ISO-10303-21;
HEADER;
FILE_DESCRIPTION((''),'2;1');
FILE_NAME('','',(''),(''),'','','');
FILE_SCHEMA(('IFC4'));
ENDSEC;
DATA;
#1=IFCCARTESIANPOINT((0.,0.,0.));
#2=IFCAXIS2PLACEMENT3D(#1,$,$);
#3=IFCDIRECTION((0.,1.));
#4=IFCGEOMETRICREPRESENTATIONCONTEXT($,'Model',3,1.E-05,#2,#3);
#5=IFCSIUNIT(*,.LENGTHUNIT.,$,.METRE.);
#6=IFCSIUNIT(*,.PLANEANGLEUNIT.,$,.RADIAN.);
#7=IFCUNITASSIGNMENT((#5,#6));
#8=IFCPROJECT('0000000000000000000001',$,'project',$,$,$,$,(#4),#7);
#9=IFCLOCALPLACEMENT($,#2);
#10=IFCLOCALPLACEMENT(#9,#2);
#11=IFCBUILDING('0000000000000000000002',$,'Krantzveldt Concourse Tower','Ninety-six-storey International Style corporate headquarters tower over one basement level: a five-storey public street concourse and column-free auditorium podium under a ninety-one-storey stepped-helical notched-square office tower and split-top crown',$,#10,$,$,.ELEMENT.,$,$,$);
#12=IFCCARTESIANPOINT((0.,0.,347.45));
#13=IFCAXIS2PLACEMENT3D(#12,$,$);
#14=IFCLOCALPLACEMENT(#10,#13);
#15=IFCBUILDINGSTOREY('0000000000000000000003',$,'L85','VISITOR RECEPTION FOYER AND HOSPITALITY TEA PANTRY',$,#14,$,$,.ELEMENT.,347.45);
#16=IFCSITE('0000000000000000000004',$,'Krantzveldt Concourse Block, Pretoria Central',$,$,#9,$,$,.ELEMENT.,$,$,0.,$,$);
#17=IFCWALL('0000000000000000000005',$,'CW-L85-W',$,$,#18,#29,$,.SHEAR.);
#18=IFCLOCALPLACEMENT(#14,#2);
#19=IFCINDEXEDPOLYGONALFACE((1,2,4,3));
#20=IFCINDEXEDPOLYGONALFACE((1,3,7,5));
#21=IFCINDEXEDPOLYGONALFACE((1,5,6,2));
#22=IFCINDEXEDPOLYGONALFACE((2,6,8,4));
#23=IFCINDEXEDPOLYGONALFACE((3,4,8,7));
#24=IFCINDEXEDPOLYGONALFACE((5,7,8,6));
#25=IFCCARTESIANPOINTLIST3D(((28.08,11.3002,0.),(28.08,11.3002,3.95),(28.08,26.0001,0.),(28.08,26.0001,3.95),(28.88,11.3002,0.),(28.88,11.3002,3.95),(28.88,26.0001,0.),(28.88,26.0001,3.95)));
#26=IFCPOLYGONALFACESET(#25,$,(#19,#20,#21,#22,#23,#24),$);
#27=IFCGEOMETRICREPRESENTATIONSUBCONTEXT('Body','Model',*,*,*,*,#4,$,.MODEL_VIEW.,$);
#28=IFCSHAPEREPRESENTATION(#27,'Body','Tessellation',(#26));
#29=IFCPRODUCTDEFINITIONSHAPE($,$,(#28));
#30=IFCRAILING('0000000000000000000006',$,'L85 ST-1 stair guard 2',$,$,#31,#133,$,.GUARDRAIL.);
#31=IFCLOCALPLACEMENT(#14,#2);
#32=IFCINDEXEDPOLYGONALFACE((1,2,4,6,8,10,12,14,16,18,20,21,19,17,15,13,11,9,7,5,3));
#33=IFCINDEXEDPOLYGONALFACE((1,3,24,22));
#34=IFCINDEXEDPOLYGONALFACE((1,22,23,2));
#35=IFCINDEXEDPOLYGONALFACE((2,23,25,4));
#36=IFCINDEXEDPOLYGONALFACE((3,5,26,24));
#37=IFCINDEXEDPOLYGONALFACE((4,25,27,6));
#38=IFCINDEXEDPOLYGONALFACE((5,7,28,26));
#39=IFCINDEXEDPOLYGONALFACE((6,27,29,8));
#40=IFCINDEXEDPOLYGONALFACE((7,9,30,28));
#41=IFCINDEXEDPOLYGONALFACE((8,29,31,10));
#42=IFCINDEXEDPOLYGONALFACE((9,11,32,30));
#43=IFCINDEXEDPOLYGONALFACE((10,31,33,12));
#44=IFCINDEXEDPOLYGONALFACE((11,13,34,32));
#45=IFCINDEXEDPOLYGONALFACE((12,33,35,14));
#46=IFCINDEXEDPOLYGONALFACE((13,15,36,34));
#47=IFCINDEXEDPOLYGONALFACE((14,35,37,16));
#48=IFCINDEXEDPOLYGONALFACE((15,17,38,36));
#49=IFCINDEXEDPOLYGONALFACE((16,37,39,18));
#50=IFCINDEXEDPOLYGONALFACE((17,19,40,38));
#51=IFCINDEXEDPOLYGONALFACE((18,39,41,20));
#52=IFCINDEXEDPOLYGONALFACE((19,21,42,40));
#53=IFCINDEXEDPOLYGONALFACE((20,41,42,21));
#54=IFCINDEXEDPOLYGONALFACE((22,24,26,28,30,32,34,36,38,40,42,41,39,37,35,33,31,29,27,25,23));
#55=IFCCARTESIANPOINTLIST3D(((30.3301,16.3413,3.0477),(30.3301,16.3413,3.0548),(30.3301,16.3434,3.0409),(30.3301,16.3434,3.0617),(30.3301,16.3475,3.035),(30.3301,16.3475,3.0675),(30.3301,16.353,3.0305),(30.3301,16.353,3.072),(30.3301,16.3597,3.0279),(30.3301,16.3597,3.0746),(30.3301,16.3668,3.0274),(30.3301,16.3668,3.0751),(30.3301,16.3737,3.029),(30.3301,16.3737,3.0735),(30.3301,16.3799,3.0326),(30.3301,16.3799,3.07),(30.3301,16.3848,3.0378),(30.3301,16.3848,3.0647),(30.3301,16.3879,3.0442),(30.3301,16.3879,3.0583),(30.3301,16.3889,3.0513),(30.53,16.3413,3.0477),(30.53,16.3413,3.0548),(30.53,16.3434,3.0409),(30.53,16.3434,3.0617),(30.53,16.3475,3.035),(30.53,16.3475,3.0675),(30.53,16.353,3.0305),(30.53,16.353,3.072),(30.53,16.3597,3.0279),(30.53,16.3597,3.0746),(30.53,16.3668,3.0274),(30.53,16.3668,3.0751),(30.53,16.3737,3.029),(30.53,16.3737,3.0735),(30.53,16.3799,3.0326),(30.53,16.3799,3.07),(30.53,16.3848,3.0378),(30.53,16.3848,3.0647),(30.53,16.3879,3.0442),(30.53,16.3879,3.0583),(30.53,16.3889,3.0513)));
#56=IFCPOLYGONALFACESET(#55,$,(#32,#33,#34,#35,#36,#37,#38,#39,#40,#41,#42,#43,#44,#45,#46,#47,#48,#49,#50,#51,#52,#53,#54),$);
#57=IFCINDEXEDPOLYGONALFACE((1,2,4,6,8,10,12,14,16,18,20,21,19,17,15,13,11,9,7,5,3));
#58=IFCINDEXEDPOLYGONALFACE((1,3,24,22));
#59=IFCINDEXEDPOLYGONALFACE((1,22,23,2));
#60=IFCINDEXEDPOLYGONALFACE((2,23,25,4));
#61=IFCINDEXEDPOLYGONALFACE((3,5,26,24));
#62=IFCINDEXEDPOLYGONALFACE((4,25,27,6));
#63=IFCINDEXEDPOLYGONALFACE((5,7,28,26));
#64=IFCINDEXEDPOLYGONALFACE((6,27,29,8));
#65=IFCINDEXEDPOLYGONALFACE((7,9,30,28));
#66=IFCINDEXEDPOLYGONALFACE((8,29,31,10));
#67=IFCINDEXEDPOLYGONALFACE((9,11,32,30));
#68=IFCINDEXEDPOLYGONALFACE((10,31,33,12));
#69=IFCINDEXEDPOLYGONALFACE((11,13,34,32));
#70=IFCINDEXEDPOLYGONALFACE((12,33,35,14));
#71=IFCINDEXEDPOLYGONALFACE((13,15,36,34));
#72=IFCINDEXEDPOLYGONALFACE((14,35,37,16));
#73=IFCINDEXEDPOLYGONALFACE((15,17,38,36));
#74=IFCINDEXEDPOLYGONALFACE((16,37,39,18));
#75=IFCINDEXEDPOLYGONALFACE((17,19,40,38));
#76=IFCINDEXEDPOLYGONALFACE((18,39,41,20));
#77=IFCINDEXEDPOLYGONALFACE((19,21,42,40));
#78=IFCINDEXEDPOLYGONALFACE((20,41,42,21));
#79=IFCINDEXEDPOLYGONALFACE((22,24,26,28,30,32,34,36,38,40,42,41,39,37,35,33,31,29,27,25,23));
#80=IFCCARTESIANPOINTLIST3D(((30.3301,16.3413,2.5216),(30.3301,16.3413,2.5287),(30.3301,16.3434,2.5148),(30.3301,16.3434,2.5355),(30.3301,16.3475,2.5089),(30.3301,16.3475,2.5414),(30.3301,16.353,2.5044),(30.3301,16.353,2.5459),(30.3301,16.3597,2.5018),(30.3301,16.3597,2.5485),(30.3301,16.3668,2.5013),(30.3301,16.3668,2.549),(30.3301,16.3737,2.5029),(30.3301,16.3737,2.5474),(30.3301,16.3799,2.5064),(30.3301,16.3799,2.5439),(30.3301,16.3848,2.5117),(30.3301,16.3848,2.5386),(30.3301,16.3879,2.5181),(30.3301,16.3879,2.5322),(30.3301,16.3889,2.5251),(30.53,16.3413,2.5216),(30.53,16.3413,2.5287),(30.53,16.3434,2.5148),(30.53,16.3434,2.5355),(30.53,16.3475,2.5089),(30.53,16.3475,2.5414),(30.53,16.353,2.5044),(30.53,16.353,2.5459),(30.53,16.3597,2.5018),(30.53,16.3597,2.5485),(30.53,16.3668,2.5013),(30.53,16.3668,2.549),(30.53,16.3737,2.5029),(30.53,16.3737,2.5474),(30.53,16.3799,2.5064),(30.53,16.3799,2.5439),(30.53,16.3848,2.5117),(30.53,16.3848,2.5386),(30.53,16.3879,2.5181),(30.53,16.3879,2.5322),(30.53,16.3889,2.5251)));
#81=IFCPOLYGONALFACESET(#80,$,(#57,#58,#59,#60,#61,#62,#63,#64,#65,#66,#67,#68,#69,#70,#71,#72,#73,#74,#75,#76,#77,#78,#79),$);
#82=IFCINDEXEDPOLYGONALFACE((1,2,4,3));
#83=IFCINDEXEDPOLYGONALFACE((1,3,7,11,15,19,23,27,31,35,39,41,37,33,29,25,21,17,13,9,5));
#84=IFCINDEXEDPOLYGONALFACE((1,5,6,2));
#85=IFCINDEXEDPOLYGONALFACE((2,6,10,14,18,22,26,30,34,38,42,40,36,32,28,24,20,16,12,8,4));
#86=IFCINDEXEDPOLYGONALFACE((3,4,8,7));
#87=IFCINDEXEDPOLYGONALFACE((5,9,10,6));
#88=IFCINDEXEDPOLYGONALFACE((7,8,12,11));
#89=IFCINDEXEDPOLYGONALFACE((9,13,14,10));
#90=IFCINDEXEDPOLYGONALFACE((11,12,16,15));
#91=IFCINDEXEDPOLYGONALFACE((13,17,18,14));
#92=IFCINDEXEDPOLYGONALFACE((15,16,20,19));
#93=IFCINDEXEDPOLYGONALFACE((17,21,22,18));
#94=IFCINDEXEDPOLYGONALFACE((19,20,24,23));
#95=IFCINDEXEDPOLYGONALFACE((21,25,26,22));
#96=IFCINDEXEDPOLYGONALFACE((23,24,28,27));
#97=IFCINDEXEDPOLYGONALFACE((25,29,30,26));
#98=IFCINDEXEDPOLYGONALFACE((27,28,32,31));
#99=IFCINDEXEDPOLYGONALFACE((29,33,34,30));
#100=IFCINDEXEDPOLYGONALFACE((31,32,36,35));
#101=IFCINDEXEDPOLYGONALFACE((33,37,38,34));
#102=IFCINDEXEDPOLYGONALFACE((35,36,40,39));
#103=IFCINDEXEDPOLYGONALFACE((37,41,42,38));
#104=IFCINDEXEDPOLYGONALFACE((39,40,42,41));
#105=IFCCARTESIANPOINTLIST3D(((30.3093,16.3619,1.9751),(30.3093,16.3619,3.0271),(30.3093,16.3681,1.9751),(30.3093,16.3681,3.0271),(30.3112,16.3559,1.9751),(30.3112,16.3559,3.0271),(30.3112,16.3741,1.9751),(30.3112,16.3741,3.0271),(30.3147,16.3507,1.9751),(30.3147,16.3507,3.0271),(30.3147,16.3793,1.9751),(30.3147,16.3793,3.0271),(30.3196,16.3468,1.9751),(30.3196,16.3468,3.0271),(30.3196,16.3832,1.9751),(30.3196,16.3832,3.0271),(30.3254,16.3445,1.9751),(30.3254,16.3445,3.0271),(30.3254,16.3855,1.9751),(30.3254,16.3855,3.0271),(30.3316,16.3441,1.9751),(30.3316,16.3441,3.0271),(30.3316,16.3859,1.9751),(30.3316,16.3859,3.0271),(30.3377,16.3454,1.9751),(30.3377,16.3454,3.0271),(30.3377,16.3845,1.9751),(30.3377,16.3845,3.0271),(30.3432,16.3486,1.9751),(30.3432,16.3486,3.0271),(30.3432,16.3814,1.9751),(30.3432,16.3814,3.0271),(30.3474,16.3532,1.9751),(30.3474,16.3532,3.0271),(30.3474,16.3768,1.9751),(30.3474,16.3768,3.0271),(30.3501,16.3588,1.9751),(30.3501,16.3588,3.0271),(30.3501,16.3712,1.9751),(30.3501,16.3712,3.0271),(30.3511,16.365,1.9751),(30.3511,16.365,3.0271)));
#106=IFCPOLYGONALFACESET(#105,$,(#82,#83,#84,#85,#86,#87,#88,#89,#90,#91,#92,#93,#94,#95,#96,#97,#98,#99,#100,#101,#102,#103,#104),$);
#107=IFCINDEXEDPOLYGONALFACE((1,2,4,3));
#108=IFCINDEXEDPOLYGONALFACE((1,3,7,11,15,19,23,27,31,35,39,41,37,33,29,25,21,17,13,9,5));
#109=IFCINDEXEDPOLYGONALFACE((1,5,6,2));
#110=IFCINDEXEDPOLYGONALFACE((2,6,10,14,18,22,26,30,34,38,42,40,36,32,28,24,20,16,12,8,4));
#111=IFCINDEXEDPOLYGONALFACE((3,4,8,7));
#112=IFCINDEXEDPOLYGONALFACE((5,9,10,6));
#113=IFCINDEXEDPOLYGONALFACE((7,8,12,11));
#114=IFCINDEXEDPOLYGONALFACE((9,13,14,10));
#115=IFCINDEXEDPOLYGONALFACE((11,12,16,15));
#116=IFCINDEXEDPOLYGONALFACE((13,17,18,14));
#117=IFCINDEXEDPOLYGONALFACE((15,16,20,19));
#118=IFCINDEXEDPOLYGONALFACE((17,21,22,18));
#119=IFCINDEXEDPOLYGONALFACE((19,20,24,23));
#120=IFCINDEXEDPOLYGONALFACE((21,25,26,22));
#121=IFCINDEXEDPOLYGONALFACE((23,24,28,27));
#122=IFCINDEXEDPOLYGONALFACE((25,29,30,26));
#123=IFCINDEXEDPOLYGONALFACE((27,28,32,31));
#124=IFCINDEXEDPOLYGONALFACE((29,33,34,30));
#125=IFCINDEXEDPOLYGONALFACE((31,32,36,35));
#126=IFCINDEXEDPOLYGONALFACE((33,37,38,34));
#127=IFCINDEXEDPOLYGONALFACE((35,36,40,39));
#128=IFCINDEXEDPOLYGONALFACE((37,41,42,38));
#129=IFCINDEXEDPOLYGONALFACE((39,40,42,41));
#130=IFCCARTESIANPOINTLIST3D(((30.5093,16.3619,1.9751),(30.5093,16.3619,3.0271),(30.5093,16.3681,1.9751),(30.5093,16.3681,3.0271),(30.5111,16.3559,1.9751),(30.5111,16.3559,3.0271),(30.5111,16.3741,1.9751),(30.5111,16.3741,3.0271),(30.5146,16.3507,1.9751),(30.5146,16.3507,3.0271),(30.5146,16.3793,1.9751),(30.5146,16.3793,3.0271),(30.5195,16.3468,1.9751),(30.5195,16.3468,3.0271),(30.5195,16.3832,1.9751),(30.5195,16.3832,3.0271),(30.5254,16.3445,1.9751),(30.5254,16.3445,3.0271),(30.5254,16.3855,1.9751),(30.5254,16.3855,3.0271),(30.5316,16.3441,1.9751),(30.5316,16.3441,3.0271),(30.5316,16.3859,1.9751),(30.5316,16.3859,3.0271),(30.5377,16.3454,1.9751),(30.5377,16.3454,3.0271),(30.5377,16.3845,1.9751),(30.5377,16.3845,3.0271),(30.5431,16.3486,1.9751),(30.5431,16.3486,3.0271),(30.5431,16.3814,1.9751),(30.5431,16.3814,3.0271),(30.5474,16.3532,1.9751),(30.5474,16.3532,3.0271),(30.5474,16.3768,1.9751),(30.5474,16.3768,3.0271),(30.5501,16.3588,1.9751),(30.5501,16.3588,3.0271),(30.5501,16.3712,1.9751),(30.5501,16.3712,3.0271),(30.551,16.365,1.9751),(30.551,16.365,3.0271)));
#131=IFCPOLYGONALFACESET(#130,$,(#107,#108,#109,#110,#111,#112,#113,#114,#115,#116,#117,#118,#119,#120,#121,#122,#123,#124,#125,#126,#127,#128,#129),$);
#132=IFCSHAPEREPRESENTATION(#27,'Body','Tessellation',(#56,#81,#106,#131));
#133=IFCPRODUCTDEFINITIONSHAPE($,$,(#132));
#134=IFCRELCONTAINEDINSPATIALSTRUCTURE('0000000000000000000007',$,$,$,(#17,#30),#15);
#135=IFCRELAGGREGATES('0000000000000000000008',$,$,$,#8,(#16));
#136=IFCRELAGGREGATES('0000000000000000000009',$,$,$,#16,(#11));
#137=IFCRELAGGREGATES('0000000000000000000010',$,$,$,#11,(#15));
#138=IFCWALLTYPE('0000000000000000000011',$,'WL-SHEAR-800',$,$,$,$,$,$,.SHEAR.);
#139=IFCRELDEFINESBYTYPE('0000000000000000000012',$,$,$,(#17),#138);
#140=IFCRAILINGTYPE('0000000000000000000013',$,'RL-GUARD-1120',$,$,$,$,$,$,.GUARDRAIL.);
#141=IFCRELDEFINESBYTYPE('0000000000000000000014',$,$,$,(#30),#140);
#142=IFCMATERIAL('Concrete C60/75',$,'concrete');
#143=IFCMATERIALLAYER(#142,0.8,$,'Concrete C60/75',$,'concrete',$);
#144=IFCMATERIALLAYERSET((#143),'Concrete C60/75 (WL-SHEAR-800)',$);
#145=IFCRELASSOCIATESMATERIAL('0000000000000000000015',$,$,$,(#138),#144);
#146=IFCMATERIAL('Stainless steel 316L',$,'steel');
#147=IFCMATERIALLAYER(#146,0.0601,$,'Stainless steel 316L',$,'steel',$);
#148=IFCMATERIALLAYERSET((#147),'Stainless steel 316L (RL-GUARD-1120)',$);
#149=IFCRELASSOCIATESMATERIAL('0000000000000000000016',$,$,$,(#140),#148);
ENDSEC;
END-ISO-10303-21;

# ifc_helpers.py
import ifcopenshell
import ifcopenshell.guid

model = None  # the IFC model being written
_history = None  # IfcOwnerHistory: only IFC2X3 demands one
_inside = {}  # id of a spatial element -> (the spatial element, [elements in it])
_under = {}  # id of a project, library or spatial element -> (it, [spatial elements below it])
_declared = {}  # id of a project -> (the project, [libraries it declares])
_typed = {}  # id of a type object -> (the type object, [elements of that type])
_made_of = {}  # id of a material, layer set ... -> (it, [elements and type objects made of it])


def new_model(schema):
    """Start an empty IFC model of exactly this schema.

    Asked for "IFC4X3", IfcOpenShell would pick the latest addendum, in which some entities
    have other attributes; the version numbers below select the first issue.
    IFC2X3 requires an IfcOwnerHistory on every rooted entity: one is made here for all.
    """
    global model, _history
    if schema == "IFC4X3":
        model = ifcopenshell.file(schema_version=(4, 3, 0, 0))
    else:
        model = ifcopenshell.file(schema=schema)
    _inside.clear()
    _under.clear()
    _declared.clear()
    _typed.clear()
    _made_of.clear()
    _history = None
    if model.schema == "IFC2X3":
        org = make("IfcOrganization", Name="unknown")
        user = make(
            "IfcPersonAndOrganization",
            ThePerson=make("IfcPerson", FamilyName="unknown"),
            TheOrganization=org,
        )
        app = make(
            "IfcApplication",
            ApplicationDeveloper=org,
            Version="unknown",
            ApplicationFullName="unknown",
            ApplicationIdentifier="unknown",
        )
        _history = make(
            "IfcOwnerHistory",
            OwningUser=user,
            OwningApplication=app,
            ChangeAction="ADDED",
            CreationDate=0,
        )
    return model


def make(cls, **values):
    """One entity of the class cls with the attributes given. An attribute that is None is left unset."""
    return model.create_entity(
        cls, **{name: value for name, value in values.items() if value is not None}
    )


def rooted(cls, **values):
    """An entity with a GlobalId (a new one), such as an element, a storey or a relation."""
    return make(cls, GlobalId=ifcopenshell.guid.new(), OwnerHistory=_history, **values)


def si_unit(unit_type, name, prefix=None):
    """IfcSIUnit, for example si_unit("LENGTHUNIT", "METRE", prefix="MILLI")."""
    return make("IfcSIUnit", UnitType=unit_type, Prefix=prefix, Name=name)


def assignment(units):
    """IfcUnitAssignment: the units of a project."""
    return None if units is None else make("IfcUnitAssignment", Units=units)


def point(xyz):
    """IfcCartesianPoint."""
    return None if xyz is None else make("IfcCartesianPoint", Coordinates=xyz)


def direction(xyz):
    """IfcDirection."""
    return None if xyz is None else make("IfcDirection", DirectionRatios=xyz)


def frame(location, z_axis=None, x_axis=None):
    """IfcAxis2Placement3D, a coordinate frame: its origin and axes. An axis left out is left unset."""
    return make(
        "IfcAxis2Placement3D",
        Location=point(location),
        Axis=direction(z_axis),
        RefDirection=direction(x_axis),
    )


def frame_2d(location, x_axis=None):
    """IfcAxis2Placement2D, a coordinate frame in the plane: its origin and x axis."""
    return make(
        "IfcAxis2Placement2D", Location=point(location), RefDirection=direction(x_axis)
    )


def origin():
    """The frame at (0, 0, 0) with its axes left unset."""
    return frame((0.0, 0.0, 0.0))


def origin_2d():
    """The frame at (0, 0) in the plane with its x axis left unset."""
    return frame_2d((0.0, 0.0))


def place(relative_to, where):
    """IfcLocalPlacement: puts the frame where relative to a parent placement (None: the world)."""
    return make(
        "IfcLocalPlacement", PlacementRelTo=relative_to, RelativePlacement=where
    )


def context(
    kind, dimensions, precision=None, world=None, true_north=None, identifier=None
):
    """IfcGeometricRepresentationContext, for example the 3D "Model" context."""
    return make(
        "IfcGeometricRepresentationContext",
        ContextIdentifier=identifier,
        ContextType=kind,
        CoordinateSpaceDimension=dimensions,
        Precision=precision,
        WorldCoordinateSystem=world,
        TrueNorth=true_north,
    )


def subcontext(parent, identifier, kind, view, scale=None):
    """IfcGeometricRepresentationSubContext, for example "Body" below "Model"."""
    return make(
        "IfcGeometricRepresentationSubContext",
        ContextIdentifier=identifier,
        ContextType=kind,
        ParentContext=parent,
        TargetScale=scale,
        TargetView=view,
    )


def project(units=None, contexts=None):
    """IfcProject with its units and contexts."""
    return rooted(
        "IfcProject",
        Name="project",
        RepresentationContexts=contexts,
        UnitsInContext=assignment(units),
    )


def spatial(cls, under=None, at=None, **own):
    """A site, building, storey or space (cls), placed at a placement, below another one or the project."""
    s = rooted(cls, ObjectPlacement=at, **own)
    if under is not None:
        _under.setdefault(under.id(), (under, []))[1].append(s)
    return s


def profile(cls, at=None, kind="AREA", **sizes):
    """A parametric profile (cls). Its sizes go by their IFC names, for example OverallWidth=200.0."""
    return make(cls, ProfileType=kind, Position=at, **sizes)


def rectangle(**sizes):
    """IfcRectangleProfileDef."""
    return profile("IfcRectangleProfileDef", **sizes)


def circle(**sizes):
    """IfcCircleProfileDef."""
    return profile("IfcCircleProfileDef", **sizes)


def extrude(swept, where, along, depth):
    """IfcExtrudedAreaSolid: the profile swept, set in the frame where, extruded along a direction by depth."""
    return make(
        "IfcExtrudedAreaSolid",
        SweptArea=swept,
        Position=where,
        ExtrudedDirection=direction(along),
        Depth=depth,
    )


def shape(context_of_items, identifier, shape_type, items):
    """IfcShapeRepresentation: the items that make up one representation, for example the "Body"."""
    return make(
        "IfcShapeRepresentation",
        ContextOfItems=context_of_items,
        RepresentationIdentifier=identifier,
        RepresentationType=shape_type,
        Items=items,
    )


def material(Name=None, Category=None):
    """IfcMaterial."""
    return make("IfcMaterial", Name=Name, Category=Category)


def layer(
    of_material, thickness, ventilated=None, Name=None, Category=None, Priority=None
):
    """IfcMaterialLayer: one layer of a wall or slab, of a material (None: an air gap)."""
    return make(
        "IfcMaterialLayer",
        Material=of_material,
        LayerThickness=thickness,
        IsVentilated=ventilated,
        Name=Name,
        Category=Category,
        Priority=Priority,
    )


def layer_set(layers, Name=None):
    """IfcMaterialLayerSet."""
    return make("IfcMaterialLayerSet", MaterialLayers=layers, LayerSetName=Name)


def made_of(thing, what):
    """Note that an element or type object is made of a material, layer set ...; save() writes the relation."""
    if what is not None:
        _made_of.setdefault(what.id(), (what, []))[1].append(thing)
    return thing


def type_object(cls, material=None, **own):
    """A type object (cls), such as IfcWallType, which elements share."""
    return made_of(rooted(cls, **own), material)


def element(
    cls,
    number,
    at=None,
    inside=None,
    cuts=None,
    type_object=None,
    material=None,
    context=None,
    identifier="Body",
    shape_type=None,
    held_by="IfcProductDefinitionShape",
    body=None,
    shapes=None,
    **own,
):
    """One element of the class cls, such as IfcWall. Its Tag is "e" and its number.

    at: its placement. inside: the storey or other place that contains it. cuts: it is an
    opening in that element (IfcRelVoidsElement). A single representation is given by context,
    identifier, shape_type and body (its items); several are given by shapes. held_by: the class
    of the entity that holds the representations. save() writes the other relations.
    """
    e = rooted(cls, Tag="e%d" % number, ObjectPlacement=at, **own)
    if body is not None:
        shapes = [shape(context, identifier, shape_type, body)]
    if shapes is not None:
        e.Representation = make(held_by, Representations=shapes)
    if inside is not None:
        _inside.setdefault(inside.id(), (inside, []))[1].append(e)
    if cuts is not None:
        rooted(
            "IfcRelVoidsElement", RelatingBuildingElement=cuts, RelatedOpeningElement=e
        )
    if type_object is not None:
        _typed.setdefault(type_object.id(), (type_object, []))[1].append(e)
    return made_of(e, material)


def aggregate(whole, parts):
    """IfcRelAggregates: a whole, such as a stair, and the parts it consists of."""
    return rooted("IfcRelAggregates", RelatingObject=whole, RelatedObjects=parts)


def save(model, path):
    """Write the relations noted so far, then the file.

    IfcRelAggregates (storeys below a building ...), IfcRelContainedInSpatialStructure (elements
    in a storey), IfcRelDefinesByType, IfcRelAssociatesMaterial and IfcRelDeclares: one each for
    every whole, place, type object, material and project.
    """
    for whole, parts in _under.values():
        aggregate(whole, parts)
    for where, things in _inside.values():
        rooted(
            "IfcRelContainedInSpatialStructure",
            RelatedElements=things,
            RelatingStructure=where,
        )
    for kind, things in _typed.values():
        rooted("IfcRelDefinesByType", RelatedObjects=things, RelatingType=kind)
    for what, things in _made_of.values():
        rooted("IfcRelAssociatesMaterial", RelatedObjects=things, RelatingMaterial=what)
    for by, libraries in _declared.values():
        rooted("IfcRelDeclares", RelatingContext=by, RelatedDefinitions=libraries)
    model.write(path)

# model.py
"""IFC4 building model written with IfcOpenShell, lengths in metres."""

from ifc_helpers import new_model, si_unit, direction, frame, frame_2d, origin, origin_2d, place, context, subcontext, project, spatial, rectangle, circle, extrude, material, layer, layer_set, type_object, element, save


model = new_model("IFC4")

# Units and contexts
model_context = context("Model", 3, precision=1e-05, world=origin(), true_north=direction((0.0, 1.0)))
body_context = subcontext(model_context, "Body", "Model", "MODEL_VIEW")
ifc_project = project(units=[si_unit("LENGTHUNIT", "METRE"), si_unit("PLANEANGLEUNIT", "RADIAN")], contexts=[model_context])

# Site, building, storey
site_placement = place(None, origin())
site = spatial("IfcSite", under=ifc_project, at=site_placement, Name="Krantzveldt Concourse Block, Pretoria Central", CompositionType="ELEMENT", RefElevation=0.0)
building_placement = place(site_placement, origin())
building = spatial("IfcBuilding", under=site, at=building_placement, Name="Krantzveldt Concourse Tower", Description="Ninety-six-storey International Style corporate headquarters tower over one basement level: a five-storey public street concourse and column-free auditorium podium under a ninety-one-storey stepped-helical notched-square office tower and split-top crown", CompositionType="ELEMENT")
storey_placement = place(building_placement, frame((0.0, 0.0, 347.45)))
storey = spatial("IfcBuildingStorey", under=building, at=storey_placement, Name="L85", Description="VISITOR RECEPTION FOYER AND HOSPITALITY TEA PANTRY", CompositionType="ELEMENT", Elevation=347.45)

# Shared definitions
ifc_material_1 = material(Name="Stainless steel 316L", Category="steel")

# Wall
ifc_material_2 = material(Name="Concrete C60/75", Category="concrete")
ifc_layer_1 = layer(ifc_material_2, 0.8, Name="Concrete C60/75", Category="concrete")
ifc_layer_set_1 = layer_set([ifc_layer_1], Name="Concrete C60/75 (WL-SHEAR-800)")
wall_type_1 = type_object("IfcWallType", Name="WL-SHEAR-800", PredefinedType="SHEAR", material=ifc_layer_set_1)
wall_1_placement = place(storey_placement, frame((28.48, 11.3, 0.0), z_axis=(0.0, 0.0, 1.0), x_axis=(0.0, 1.0, 0.0)))
element("IfcWall", 1, at=wall_1_placement, inside=storey, type_object=wall_type_1, Name="CW-L85-W", PredefinedType="SHEAR", context=body_context, shape_type="SweptSolid", body=[
    extrude(rectangle(XDim=14.7, YDim=0.8, at=frame_2d((7.3501, 0.0))), origin(), (0.0, 0.0, 1.0), 3.95),
])

# Railing
ifc_layer_2 = layer(ifc_material_1, 0.0601, Name="Stainless steel 316L", Category="steel")
ifc_layer_set_2 = layer_set([ifc_layer_2], Name="Stainless steel 316L (RL-GUARD-1120)")
railing_type = type_object("IfcRailingType", Name="RL-GUARD-1120", PredefinedType="GUARDRAIL", material=ifc_layer_set_2)
railing_placement = place(storey_placement, frame((30.3301, 16.365, 1.9751)))
element("IfcRailing", 2, at=railing_placement, inside=storey, type_object=railing_type, Name="L85 ST-1 stair guard 2", PredefinedType="GUARDRAIL", context=body_context, shape_type="SweptSolid", body=[
    extrude(circle(Radius=0.0239, at=origin_2d()), frame((0.0, 0.0, 1.0762), z_axis=(1.0, 0.0, 0.0), x_axis=(0.0, 1.0, 0.0)), (0.0, 0.0, 1.0), 0.2),
    extrude(circle(Radius=0.0239, at=origin_2d()), frame((0.0, 0.0, 0.55), z_axis=(1.0, 0.0, 0.0), x_axis=(0.0, 1.0, 0.0)), (0.0, 0.0, 1.0), 0.2),
    extrude(circle(Radius=0.021, at=origin_2d()), origin(), (0.0, 0.0, 1.0), 1.052),
    extrude(circle(Radius=0.021, at=origin_2d()), frame((0.2, 0.0, 0.0)), (0.0, 0.0, 1.0), 1.052),
])

save(model, "model.ifc")
